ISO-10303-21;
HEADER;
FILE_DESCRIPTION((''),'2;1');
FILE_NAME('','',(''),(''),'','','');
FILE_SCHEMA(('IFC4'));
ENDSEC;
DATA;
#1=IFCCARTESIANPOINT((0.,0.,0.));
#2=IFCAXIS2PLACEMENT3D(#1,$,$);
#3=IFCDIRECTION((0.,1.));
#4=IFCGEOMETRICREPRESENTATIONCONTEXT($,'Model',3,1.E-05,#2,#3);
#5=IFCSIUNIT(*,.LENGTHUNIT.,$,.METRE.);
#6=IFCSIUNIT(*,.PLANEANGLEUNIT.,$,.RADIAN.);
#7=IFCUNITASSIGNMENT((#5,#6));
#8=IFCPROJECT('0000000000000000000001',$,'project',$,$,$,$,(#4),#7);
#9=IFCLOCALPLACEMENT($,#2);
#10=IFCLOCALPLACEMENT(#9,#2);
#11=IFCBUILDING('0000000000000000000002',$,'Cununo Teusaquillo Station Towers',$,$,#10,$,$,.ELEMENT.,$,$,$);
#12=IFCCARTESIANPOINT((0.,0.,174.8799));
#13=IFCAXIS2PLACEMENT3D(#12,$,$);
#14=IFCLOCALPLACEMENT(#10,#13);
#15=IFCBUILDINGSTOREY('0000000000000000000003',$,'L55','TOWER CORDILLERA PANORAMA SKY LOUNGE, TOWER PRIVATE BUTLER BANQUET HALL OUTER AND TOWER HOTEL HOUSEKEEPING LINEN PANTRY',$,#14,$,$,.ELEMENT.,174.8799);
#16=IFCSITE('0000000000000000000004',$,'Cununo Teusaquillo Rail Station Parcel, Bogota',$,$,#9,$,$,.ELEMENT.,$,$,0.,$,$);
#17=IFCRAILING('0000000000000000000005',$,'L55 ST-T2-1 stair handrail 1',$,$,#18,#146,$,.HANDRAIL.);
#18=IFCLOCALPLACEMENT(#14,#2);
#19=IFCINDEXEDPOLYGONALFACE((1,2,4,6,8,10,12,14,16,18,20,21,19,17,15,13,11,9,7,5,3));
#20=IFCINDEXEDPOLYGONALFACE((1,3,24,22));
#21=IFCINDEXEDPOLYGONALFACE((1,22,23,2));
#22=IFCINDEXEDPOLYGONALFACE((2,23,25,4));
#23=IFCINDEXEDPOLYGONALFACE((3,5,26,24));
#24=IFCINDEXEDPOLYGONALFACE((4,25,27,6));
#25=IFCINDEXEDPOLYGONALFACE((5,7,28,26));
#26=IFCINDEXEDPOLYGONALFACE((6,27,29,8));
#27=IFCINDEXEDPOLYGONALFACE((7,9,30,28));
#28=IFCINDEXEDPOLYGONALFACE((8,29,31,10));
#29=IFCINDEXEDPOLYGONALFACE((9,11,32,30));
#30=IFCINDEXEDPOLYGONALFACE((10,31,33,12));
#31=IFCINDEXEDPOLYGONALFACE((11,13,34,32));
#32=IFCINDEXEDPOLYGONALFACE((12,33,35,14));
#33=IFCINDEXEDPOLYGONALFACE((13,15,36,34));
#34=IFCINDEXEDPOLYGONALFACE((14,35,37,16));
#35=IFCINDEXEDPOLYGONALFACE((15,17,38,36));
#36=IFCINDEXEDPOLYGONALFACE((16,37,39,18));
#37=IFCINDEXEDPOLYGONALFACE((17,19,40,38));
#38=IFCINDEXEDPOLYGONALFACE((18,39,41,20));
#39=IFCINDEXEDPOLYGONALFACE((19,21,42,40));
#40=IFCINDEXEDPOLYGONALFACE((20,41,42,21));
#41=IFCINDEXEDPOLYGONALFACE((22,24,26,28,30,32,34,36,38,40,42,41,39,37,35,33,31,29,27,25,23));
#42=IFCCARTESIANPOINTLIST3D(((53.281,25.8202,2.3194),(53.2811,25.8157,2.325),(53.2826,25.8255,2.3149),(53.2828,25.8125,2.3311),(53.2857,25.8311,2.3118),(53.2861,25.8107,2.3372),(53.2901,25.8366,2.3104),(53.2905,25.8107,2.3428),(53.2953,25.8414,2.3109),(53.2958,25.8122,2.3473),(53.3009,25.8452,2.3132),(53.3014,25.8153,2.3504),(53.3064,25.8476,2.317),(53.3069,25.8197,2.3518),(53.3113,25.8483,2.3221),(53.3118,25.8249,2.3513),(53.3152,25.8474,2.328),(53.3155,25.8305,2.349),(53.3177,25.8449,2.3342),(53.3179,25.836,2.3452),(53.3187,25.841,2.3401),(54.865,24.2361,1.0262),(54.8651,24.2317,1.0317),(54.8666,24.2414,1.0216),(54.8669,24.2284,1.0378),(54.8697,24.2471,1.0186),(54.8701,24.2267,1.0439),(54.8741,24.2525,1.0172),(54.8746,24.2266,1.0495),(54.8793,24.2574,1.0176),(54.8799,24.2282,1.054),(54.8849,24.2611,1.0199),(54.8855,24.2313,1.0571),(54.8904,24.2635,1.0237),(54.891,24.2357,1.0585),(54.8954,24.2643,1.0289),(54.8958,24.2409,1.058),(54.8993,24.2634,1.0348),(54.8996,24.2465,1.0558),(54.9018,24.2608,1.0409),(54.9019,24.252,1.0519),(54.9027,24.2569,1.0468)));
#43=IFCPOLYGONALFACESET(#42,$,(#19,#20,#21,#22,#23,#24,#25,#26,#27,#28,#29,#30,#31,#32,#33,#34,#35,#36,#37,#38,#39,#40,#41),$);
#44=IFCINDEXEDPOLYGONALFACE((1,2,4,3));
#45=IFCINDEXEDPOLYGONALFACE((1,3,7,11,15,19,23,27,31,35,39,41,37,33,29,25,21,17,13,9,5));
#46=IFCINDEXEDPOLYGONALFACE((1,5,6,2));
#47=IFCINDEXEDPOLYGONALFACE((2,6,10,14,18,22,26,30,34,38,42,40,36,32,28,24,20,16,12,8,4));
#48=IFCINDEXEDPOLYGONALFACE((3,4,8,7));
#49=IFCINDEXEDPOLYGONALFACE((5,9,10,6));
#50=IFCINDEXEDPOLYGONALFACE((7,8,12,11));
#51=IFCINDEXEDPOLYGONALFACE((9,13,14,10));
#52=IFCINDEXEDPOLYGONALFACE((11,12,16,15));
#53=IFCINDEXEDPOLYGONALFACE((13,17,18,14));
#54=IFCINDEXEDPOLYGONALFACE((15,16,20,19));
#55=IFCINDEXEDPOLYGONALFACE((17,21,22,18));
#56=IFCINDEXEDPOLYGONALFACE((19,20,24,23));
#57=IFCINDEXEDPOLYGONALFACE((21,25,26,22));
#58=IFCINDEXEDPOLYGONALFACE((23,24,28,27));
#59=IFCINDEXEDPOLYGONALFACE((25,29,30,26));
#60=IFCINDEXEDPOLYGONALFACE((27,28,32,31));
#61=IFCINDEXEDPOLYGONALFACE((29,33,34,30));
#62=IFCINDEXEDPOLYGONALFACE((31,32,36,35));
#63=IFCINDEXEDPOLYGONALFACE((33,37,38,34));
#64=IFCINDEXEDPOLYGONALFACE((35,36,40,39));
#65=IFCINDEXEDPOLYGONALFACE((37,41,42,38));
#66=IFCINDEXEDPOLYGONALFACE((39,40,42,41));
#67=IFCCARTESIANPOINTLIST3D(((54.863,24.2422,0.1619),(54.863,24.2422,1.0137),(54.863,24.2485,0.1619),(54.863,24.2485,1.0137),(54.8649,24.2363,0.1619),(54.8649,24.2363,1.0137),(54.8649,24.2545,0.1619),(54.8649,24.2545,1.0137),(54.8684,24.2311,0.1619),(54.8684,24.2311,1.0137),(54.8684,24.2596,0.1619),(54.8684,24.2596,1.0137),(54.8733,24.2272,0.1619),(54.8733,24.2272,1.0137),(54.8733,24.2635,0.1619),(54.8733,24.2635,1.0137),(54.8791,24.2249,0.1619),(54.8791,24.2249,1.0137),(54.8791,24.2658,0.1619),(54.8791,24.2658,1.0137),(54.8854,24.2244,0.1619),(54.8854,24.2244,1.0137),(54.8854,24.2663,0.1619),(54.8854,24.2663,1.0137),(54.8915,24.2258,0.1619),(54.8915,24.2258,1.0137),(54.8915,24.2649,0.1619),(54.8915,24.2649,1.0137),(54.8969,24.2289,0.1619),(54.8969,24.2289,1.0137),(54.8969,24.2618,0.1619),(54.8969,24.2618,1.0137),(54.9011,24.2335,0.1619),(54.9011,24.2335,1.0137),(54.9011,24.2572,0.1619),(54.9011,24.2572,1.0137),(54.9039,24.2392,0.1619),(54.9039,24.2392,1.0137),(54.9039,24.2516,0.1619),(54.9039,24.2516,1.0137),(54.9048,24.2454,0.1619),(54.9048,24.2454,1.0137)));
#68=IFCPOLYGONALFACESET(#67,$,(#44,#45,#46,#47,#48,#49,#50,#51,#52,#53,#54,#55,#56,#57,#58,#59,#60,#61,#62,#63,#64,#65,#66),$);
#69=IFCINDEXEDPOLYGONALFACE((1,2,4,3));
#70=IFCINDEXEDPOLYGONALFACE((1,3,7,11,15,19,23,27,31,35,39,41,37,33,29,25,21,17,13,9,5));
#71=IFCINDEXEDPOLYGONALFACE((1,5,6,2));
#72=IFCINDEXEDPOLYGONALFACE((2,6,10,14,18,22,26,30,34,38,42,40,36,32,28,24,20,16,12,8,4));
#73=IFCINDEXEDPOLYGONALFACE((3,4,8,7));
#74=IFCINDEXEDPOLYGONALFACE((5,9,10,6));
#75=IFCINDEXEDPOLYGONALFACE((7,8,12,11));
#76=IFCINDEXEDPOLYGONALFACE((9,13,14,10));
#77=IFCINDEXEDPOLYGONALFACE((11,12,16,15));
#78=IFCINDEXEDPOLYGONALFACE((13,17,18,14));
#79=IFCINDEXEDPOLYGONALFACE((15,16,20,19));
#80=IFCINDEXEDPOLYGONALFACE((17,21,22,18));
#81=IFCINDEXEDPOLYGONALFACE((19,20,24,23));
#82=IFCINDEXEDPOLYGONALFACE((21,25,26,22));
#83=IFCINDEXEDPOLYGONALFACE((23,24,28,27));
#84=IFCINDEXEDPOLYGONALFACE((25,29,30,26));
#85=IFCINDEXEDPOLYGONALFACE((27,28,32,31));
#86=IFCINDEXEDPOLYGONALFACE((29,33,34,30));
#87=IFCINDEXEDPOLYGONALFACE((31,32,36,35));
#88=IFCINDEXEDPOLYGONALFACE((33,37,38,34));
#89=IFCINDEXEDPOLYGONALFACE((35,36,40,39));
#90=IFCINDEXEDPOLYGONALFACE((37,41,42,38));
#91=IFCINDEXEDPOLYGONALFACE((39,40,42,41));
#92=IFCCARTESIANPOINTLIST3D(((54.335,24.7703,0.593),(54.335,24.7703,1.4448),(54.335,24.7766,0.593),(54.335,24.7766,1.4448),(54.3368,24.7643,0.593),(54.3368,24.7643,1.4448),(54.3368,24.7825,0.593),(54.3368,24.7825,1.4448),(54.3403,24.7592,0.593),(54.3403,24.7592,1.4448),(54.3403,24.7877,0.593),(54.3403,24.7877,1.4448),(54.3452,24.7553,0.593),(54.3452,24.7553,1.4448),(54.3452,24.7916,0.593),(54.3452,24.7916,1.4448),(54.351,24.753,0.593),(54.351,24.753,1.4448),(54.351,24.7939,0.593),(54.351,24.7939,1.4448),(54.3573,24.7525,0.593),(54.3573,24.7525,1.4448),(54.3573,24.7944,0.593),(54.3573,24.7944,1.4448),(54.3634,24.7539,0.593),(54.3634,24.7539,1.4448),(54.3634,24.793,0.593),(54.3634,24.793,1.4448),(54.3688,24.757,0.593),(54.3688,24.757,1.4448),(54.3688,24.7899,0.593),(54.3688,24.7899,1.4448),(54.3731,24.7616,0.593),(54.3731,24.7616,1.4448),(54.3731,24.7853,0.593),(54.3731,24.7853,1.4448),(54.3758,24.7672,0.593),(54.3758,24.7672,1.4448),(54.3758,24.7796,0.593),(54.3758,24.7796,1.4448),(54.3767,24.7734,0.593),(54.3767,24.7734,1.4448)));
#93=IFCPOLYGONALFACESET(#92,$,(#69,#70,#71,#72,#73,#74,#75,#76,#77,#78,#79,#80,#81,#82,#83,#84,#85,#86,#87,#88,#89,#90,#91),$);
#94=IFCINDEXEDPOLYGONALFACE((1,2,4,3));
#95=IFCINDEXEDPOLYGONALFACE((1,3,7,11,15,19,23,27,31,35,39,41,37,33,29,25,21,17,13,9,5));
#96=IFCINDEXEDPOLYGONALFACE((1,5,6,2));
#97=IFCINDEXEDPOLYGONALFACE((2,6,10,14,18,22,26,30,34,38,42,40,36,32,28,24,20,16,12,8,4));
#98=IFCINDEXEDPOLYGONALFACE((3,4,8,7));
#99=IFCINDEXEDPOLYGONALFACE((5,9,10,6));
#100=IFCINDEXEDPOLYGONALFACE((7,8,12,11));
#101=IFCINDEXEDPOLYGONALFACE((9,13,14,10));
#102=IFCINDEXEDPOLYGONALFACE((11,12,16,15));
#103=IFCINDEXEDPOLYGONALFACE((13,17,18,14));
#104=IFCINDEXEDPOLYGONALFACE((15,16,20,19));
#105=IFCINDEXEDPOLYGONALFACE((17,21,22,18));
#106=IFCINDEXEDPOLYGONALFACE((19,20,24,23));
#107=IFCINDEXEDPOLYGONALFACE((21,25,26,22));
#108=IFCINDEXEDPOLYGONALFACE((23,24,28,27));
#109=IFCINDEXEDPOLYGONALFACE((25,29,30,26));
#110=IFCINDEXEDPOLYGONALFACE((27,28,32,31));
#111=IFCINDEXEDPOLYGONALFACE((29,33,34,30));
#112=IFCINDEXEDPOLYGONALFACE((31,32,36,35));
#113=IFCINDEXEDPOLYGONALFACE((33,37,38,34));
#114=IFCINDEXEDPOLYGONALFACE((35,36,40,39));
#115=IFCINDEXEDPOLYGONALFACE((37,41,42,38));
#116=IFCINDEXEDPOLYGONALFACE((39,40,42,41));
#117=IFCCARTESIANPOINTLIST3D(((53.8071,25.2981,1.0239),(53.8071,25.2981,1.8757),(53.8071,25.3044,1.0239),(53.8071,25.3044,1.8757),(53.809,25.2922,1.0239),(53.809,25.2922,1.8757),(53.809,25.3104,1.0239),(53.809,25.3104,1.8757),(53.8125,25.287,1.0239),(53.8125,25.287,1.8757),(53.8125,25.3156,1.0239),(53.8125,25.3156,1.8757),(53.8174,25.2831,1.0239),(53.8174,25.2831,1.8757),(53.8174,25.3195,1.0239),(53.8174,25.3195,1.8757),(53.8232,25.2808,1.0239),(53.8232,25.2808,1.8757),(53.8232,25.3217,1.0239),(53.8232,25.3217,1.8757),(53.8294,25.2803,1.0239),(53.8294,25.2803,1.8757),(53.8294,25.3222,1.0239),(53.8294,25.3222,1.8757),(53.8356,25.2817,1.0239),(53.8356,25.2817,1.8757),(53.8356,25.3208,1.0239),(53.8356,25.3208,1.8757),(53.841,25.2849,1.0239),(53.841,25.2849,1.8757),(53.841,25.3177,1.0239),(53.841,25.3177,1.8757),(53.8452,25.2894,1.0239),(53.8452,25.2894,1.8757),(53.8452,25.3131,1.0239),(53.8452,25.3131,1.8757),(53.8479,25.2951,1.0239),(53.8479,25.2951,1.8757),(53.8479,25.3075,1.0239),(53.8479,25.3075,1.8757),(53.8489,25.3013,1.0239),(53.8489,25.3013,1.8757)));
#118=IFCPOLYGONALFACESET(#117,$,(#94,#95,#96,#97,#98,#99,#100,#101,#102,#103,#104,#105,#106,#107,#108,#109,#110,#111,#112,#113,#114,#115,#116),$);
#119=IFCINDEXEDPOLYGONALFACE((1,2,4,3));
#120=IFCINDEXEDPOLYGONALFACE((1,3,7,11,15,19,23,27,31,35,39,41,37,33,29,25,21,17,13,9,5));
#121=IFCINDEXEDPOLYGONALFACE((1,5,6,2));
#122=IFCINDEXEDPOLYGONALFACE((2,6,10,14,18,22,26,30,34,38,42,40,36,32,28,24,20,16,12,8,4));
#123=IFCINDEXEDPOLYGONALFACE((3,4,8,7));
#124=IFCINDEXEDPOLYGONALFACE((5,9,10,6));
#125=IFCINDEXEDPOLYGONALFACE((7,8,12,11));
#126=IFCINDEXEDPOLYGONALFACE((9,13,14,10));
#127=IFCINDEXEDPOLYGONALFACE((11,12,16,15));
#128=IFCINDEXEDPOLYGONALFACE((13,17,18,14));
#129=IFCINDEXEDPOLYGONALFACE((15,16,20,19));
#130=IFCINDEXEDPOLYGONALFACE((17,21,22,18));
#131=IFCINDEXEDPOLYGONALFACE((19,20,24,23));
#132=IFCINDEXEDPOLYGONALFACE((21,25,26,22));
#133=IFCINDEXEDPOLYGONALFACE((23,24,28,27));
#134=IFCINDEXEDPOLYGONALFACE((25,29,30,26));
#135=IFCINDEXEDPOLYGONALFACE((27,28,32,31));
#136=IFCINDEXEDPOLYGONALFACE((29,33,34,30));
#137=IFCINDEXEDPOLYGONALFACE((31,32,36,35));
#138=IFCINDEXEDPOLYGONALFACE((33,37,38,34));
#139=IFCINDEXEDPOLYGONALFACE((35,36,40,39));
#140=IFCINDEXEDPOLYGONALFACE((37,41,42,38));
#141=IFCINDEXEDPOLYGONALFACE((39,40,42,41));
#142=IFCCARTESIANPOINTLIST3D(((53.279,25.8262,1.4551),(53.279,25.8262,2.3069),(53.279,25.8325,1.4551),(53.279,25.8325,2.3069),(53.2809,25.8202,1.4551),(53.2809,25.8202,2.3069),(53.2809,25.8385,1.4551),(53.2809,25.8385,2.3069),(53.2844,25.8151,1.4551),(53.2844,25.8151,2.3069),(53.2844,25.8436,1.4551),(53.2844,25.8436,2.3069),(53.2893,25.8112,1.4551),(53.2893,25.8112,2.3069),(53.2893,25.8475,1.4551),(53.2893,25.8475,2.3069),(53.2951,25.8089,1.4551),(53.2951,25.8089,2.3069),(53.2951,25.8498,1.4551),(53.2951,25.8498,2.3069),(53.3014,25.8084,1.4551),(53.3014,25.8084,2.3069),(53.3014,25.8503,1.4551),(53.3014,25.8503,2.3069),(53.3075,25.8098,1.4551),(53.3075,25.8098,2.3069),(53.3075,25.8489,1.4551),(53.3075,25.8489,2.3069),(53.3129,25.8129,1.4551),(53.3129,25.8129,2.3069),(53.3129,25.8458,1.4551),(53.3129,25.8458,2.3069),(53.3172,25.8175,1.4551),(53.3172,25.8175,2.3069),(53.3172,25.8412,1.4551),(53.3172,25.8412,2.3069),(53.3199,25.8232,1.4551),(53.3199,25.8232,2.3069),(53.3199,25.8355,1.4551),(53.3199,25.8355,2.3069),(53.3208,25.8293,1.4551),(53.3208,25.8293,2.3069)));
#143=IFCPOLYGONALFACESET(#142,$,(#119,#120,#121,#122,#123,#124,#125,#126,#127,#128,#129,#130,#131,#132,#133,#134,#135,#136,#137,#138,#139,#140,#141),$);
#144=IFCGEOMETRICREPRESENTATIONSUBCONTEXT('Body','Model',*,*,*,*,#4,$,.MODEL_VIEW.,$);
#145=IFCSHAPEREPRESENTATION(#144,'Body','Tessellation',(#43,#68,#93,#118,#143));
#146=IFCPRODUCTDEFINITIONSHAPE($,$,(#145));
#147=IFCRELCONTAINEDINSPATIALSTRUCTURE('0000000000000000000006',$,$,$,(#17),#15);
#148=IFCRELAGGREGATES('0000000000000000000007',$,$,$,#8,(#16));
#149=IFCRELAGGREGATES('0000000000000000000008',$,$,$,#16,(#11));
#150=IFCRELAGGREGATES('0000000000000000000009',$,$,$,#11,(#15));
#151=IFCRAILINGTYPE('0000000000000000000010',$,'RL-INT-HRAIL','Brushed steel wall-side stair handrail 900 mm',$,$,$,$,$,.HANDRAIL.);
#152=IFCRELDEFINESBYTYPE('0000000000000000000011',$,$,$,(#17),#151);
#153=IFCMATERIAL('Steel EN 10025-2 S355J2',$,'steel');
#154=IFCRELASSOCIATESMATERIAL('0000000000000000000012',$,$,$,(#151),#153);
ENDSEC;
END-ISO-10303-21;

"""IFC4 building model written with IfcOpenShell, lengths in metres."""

from ifc_helpers import new_model, si_unit, direction, frame, origin, origin_2d, place, context, subcontext, project, spatial, circle, extrude, material, type_object, element, save


model = new_model("IFC4")

# Units and contexts
model_context = context("Model", 3, precision=1e-05, world=origin(), true_north=direction((0.0, 1.0)))
body_context = subcontext(model_context, "Body", "Model", "MODEL_VIEW")
ifc_project = project(units=[si_unit("LENGTHUNIT", "METRE"), si_unit("PLANEANGLEUNIT", "RADIAN")], contexts=[model_context])

# Site, building, storey
site_placement = place(None, origin())
site = spatial("IfcSite", under=ifc_project, at=site_placement, Name="Cununo Teusaquillo Rail Station Parcel, Bogota", CompositionType="ELEMENT", RefElevation=0.0)
building_placement = place(site_placement, origin())
building = spatial("IfcBuilding", under=site, at=building_placement, Name="Cununo Teusaquillo Station Towers", CompositionType="ELEMENT")
storey_placement = place(building_placement, frame((0.0, 0.0, 174.8799)))
storey = spatial("IfcBuildingStorey", under=building, at=storey_placement, Name="L55", Description="TOWER CORDILLERA PANORAMA SKY LOUNGE, TOWER PRIVATE BUTLER BANQUET HALL OUTER AND TOWER HOTEL HOUSEKEEPING LINEN PANTRY", CompositionType="ELEMENT", Elevation=174.8799)

# Railing
ifc_material_1 = material(Name="Steel EN 10025-2 S355J2", Category="steel")
railing_type_1 = type_object("IfcRailingType", Name="RL-INT-HRAIL", Description="Brushed steel wall-side stair handrail 900 mm", PredefinedType="HANDRAIL", material=ifc_material_1)
railing_1_placement = place(storey_placement, frame((54.8838, 24.2454, 0.1619)))
element("IfcRailing", 1, at=railing_1_placement, inside=storey, type_object=railing_type_1, Name="L55 ST-T2-1 stair handrail 1", PredefinedType="HANDRAIL", context=body_context, shape_type="SweptSolid", body=[
    extrude(circle(Radius=0.0239, at=origin_2d()), frame((0.0, 0.0, 0.876), z_axis=(-0.612385, 0.612385, 0.49997), x_axis=(-0.707107, -0.707107, 0.0)), (0.0, 0.0, 1.0), 2.5867),
    extrude(circle(Radius=0.021, at=origin_2d()), origin(), (0.0, 0.0, 1.0), 0.8518),
    extrude(circle(Radius=0.021, at=origin_2d()), frame((-0.5281, 0.5281, 0.4312)), (0.0, 0.0, 1.0), 0.8518),
    extrude(circle(Radius=0.021, at=origin_2d()), frame((-1.0559, 1.0559, 0.8621)), (0.0, 0.0, 1.0), 0.8518),
    extrude(circle(Radius=0.021, at=origin_2d()), frame((-1.584, 1.584, 1.2932)), (0.0, 0.0, 1.0), 0.8518),
])

save(model, "model.ifc")
